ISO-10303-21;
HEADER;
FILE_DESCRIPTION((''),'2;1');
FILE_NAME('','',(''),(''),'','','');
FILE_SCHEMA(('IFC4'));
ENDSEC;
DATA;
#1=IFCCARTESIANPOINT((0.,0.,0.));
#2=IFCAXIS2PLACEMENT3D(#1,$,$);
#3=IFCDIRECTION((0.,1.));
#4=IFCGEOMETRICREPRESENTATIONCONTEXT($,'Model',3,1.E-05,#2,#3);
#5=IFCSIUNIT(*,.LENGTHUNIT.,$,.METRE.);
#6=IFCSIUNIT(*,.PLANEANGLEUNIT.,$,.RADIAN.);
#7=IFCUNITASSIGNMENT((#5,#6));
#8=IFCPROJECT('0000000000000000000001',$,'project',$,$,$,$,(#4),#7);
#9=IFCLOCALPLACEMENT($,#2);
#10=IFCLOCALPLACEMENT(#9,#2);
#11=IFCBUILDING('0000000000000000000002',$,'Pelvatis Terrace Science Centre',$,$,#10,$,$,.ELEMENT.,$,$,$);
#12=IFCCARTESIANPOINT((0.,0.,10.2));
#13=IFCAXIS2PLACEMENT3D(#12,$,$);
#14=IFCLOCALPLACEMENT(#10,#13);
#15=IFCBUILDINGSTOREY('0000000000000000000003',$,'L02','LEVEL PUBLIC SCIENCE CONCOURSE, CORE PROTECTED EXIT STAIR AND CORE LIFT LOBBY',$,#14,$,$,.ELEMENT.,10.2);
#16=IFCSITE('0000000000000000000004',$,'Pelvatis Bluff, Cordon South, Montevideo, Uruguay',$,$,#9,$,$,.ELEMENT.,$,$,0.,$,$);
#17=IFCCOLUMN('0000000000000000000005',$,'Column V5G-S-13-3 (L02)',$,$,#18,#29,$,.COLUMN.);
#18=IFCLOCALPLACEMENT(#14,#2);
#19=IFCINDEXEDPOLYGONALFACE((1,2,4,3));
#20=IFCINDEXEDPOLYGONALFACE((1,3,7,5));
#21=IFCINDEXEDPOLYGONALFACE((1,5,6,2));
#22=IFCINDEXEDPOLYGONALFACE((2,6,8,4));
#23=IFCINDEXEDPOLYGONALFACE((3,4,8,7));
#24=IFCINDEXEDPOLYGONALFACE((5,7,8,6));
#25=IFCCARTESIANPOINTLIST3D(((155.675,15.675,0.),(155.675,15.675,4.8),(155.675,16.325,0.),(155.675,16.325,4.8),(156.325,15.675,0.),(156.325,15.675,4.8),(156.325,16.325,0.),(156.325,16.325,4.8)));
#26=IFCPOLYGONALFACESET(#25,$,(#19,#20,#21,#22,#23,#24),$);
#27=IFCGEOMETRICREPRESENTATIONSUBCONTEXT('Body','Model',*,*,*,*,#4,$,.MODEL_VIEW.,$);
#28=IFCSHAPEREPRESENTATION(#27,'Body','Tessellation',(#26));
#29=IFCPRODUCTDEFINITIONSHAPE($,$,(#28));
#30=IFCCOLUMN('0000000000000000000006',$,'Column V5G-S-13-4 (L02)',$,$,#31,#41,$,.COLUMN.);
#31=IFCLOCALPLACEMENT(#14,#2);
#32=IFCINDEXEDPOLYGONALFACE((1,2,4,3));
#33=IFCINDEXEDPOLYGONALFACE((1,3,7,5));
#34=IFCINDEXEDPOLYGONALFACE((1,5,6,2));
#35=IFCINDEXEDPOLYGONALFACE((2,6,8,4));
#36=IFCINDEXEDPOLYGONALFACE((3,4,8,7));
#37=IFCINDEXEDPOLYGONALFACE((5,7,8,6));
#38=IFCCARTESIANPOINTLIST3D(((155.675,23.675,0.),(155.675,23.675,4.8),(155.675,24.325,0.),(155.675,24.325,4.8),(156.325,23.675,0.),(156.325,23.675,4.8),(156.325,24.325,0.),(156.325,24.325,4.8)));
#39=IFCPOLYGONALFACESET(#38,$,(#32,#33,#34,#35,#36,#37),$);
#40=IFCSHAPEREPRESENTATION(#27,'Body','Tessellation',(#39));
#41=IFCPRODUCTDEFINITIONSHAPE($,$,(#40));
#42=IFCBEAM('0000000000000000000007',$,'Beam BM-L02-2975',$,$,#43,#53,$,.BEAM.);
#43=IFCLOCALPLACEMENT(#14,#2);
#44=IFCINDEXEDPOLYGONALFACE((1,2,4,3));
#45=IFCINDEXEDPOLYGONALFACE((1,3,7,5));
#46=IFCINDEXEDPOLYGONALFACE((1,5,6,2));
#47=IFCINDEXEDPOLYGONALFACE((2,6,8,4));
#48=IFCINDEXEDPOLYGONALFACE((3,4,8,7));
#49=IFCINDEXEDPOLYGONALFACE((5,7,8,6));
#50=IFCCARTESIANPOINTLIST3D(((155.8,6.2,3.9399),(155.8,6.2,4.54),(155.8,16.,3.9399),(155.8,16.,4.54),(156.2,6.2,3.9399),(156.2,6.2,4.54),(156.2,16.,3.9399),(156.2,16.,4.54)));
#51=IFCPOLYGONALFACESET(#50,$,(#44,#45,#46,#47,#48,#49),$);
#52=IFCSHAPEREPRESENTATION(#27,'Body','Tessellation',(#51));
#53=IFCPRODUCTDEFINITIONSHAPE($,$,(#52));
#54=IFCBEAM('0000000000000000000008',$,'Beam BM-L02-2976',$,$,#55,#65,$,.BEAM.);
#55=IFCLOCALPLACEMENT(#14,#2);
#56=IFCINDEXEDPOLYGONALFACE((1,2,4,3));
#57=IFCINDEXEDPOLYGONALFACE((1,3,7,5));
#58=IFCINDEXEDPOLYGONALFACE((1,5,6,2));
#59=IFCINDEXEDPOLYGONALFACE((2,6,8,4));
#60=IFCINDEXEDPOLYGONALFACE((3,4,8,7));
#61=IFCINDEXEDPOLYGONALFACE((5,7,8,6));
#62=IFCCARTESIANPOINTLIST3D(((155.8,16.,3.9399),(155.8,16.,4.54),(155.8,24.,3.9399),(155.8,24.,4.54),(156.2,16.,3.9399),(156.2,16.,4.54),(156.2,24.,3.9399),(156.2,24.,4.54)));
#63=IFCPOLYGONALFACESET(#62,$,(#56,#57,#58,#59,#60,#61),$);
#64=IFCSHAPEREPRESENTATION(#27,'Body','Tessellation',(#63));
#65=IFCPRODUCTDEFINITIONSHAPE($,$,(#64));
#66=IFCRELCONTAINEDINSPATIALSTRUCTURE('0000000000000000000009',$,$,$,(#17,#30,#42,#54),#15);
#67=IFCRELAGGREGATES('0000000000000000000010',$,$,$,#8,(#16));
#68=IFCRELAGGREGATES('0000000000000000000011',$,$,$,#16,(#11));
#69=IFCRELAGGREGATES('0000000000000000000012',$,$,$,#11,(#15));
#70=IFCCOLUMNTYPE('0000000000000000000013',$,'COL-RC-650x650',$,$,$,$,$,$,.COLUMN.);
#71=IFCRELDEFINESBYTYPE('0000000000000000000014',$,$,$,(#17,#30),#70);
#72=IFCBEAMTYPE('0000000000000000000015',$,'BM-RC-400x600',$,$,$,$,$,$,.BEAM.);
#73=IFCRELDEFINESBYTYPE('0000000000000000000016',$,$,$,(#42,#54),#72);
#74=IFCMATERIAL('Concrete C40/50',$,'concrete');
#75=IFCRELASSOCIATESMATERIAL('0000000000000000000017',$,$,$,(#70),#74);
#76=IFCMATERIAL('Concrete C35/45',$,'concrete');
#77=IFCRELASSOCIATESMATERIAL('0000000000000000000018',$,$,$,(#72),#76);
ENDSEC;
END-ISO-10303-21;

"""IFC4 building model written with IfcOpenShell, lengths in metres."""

from ifc_helpers import new_model, si_unit, direction, frame, origin, origin_2d, place, context, subcontext, project, spatial, rectangle, extrude, material, material_profile, profile_set, type_object, element, save


model = new_model("IFC4")

# Units and contexts
model_context = context("Model", 3, precision=1e-05, world=origin(), true_north=direction((0.0, 1.0)))
body_context = subcontext(model_context, "Body", "Model", "MODEL_VIEW")
ifc_project = project(units=[si_unit("LENGTHUNIT", "METRE"), si_unit("PLANEANGLEUNIT", "RADIAN")], contexts=[model_context])

# Site, building, storey
site_placement = place(None, origin())
site = spatial("IfcSite", under=ifc_project, at=site_placement, Name="Pelvatis Bluff, Cordon South, Montevideo, Uruguay", CompositionType="ELEMENT", RefElevation=0.0)
building_placement = place(site_placement, origin())
building = spatial("IfcBuilding", under=site, at=building_placement, Name="Pelvatis Terrace Science Centre", CompositionType="ELEMENT")
storey_placement = place(building_placement, frame((0.0, 0.0, 10.2)))
storey = spatial("IfcBuildingStorey", under=building, at=storey_placement, Name="L02", Description="LEVEL PUBLIC SCIENCE CONCOURSE, CORE PROTECTED EXIT STAIR AND CORE LIFT LOBBY", CompositionType="ELEMENT", Elevation=10.2)

# Columns
ifc_material_1 = material(Name="Concrete C40/50", Category="concrete")
ifc_material_profile_1 = material_profile(ifc_material_1, rectangle(XDim=0.6499, YDim=0.6499, at=origin_2d()), Name="RC-COL 650x650")
ifc_profile_set_1 = profile_set([ifc_material_profile_1], Name="Concrete C40/50")
column_type = type_object("IfcColumnType", Name="COL-RC-650x650", PredefinedType="COLUMN", material=ifc_profile_set_1)
for number, where, z_axis, x_axis, name in (
    (1, (156.0, 16.0, 0.0), (0.0, 0.0, 1.0), (1.0, 0.0, 0.0), "Column V5G-S-13-3 (L02)"),
    (2, (156.0, 24.0, 0.0), (0.0, 0.0, 1.0), (1.0, 0.0, 0.0), "Column V5G-S-13-4 (L02)"),
):
    element("IfcColumn", number, at=place(storey_placement, frame(where, z_axis=z_axis, x_axis=x_axis)), inside=storey, type_object=column_type, Name=name, PredefinedType="COLUMN", context=body_context, shape_type="SweptSolid", body=[
        extrude(rectangle(XDim=0.6499, YDim=0.6499, at=origin_2d()), origin(), (0.0, 0.0, 1.0), 4.8),
    ])

# Beams
ifc_material_2 = material(Name="Concrete C35/45", Category="concrete")
ifc_material_profile_2 = material_profile(ifc_material_2, rectangle(XDim=0.3999, YDim=0.6001, at=origin_2d()), Name="RC-BM 400x600")
ifc_profile_set_2 = profile_set([ifc_material_profile_2], Name="Concrete C35/45")
beam_type = type_object("IfcBeamType", Name="BM-RC-400x600", PredefinedType="BEAM", material=ifc_profile_set_2)
beam_1_placement = place(storey_placement, frame((156.0, 6.2, 4.24), z_axis=(0.0, 1.0, 0.0), x_axis=(-1.0, 0.0, 0.0)))
element("IfcBeam", 3, at=beam_1_placement, inside=storey, type_object=beam_type, Name="Beam BM-L02-2975", PredefinedType="BEAM", context=body_context, shape_type="SweptSolid", body=[
    extrude(rectangle(XDim=0.3999, YDim=0.6001, at=origin_2d()), origin(), (0.0, 0.0, 1.0), 9.8),
])
beam_2_placement = place(storey_placement, frame((156.0, 16.0, 4.24), z_axis=(0.0, 1.0, 0.0), x_axis=(-1.0, 0.0, 0.0)))
element("IfcBeam", 4, at=beam_2_placement, inside=storey, type_object=beam_type, Name="Beam BM-L02-2976", PredefinedType="BEAM", context=body_context, shape_type="SweptSolid", body=[
    extrude(rectangle(XDim=0.3999, YDim=0.6001, at=origin_2d()), origin(), (0.0, 0.0, 1.0), 8.0),
])

save(model, "model.ifc")
